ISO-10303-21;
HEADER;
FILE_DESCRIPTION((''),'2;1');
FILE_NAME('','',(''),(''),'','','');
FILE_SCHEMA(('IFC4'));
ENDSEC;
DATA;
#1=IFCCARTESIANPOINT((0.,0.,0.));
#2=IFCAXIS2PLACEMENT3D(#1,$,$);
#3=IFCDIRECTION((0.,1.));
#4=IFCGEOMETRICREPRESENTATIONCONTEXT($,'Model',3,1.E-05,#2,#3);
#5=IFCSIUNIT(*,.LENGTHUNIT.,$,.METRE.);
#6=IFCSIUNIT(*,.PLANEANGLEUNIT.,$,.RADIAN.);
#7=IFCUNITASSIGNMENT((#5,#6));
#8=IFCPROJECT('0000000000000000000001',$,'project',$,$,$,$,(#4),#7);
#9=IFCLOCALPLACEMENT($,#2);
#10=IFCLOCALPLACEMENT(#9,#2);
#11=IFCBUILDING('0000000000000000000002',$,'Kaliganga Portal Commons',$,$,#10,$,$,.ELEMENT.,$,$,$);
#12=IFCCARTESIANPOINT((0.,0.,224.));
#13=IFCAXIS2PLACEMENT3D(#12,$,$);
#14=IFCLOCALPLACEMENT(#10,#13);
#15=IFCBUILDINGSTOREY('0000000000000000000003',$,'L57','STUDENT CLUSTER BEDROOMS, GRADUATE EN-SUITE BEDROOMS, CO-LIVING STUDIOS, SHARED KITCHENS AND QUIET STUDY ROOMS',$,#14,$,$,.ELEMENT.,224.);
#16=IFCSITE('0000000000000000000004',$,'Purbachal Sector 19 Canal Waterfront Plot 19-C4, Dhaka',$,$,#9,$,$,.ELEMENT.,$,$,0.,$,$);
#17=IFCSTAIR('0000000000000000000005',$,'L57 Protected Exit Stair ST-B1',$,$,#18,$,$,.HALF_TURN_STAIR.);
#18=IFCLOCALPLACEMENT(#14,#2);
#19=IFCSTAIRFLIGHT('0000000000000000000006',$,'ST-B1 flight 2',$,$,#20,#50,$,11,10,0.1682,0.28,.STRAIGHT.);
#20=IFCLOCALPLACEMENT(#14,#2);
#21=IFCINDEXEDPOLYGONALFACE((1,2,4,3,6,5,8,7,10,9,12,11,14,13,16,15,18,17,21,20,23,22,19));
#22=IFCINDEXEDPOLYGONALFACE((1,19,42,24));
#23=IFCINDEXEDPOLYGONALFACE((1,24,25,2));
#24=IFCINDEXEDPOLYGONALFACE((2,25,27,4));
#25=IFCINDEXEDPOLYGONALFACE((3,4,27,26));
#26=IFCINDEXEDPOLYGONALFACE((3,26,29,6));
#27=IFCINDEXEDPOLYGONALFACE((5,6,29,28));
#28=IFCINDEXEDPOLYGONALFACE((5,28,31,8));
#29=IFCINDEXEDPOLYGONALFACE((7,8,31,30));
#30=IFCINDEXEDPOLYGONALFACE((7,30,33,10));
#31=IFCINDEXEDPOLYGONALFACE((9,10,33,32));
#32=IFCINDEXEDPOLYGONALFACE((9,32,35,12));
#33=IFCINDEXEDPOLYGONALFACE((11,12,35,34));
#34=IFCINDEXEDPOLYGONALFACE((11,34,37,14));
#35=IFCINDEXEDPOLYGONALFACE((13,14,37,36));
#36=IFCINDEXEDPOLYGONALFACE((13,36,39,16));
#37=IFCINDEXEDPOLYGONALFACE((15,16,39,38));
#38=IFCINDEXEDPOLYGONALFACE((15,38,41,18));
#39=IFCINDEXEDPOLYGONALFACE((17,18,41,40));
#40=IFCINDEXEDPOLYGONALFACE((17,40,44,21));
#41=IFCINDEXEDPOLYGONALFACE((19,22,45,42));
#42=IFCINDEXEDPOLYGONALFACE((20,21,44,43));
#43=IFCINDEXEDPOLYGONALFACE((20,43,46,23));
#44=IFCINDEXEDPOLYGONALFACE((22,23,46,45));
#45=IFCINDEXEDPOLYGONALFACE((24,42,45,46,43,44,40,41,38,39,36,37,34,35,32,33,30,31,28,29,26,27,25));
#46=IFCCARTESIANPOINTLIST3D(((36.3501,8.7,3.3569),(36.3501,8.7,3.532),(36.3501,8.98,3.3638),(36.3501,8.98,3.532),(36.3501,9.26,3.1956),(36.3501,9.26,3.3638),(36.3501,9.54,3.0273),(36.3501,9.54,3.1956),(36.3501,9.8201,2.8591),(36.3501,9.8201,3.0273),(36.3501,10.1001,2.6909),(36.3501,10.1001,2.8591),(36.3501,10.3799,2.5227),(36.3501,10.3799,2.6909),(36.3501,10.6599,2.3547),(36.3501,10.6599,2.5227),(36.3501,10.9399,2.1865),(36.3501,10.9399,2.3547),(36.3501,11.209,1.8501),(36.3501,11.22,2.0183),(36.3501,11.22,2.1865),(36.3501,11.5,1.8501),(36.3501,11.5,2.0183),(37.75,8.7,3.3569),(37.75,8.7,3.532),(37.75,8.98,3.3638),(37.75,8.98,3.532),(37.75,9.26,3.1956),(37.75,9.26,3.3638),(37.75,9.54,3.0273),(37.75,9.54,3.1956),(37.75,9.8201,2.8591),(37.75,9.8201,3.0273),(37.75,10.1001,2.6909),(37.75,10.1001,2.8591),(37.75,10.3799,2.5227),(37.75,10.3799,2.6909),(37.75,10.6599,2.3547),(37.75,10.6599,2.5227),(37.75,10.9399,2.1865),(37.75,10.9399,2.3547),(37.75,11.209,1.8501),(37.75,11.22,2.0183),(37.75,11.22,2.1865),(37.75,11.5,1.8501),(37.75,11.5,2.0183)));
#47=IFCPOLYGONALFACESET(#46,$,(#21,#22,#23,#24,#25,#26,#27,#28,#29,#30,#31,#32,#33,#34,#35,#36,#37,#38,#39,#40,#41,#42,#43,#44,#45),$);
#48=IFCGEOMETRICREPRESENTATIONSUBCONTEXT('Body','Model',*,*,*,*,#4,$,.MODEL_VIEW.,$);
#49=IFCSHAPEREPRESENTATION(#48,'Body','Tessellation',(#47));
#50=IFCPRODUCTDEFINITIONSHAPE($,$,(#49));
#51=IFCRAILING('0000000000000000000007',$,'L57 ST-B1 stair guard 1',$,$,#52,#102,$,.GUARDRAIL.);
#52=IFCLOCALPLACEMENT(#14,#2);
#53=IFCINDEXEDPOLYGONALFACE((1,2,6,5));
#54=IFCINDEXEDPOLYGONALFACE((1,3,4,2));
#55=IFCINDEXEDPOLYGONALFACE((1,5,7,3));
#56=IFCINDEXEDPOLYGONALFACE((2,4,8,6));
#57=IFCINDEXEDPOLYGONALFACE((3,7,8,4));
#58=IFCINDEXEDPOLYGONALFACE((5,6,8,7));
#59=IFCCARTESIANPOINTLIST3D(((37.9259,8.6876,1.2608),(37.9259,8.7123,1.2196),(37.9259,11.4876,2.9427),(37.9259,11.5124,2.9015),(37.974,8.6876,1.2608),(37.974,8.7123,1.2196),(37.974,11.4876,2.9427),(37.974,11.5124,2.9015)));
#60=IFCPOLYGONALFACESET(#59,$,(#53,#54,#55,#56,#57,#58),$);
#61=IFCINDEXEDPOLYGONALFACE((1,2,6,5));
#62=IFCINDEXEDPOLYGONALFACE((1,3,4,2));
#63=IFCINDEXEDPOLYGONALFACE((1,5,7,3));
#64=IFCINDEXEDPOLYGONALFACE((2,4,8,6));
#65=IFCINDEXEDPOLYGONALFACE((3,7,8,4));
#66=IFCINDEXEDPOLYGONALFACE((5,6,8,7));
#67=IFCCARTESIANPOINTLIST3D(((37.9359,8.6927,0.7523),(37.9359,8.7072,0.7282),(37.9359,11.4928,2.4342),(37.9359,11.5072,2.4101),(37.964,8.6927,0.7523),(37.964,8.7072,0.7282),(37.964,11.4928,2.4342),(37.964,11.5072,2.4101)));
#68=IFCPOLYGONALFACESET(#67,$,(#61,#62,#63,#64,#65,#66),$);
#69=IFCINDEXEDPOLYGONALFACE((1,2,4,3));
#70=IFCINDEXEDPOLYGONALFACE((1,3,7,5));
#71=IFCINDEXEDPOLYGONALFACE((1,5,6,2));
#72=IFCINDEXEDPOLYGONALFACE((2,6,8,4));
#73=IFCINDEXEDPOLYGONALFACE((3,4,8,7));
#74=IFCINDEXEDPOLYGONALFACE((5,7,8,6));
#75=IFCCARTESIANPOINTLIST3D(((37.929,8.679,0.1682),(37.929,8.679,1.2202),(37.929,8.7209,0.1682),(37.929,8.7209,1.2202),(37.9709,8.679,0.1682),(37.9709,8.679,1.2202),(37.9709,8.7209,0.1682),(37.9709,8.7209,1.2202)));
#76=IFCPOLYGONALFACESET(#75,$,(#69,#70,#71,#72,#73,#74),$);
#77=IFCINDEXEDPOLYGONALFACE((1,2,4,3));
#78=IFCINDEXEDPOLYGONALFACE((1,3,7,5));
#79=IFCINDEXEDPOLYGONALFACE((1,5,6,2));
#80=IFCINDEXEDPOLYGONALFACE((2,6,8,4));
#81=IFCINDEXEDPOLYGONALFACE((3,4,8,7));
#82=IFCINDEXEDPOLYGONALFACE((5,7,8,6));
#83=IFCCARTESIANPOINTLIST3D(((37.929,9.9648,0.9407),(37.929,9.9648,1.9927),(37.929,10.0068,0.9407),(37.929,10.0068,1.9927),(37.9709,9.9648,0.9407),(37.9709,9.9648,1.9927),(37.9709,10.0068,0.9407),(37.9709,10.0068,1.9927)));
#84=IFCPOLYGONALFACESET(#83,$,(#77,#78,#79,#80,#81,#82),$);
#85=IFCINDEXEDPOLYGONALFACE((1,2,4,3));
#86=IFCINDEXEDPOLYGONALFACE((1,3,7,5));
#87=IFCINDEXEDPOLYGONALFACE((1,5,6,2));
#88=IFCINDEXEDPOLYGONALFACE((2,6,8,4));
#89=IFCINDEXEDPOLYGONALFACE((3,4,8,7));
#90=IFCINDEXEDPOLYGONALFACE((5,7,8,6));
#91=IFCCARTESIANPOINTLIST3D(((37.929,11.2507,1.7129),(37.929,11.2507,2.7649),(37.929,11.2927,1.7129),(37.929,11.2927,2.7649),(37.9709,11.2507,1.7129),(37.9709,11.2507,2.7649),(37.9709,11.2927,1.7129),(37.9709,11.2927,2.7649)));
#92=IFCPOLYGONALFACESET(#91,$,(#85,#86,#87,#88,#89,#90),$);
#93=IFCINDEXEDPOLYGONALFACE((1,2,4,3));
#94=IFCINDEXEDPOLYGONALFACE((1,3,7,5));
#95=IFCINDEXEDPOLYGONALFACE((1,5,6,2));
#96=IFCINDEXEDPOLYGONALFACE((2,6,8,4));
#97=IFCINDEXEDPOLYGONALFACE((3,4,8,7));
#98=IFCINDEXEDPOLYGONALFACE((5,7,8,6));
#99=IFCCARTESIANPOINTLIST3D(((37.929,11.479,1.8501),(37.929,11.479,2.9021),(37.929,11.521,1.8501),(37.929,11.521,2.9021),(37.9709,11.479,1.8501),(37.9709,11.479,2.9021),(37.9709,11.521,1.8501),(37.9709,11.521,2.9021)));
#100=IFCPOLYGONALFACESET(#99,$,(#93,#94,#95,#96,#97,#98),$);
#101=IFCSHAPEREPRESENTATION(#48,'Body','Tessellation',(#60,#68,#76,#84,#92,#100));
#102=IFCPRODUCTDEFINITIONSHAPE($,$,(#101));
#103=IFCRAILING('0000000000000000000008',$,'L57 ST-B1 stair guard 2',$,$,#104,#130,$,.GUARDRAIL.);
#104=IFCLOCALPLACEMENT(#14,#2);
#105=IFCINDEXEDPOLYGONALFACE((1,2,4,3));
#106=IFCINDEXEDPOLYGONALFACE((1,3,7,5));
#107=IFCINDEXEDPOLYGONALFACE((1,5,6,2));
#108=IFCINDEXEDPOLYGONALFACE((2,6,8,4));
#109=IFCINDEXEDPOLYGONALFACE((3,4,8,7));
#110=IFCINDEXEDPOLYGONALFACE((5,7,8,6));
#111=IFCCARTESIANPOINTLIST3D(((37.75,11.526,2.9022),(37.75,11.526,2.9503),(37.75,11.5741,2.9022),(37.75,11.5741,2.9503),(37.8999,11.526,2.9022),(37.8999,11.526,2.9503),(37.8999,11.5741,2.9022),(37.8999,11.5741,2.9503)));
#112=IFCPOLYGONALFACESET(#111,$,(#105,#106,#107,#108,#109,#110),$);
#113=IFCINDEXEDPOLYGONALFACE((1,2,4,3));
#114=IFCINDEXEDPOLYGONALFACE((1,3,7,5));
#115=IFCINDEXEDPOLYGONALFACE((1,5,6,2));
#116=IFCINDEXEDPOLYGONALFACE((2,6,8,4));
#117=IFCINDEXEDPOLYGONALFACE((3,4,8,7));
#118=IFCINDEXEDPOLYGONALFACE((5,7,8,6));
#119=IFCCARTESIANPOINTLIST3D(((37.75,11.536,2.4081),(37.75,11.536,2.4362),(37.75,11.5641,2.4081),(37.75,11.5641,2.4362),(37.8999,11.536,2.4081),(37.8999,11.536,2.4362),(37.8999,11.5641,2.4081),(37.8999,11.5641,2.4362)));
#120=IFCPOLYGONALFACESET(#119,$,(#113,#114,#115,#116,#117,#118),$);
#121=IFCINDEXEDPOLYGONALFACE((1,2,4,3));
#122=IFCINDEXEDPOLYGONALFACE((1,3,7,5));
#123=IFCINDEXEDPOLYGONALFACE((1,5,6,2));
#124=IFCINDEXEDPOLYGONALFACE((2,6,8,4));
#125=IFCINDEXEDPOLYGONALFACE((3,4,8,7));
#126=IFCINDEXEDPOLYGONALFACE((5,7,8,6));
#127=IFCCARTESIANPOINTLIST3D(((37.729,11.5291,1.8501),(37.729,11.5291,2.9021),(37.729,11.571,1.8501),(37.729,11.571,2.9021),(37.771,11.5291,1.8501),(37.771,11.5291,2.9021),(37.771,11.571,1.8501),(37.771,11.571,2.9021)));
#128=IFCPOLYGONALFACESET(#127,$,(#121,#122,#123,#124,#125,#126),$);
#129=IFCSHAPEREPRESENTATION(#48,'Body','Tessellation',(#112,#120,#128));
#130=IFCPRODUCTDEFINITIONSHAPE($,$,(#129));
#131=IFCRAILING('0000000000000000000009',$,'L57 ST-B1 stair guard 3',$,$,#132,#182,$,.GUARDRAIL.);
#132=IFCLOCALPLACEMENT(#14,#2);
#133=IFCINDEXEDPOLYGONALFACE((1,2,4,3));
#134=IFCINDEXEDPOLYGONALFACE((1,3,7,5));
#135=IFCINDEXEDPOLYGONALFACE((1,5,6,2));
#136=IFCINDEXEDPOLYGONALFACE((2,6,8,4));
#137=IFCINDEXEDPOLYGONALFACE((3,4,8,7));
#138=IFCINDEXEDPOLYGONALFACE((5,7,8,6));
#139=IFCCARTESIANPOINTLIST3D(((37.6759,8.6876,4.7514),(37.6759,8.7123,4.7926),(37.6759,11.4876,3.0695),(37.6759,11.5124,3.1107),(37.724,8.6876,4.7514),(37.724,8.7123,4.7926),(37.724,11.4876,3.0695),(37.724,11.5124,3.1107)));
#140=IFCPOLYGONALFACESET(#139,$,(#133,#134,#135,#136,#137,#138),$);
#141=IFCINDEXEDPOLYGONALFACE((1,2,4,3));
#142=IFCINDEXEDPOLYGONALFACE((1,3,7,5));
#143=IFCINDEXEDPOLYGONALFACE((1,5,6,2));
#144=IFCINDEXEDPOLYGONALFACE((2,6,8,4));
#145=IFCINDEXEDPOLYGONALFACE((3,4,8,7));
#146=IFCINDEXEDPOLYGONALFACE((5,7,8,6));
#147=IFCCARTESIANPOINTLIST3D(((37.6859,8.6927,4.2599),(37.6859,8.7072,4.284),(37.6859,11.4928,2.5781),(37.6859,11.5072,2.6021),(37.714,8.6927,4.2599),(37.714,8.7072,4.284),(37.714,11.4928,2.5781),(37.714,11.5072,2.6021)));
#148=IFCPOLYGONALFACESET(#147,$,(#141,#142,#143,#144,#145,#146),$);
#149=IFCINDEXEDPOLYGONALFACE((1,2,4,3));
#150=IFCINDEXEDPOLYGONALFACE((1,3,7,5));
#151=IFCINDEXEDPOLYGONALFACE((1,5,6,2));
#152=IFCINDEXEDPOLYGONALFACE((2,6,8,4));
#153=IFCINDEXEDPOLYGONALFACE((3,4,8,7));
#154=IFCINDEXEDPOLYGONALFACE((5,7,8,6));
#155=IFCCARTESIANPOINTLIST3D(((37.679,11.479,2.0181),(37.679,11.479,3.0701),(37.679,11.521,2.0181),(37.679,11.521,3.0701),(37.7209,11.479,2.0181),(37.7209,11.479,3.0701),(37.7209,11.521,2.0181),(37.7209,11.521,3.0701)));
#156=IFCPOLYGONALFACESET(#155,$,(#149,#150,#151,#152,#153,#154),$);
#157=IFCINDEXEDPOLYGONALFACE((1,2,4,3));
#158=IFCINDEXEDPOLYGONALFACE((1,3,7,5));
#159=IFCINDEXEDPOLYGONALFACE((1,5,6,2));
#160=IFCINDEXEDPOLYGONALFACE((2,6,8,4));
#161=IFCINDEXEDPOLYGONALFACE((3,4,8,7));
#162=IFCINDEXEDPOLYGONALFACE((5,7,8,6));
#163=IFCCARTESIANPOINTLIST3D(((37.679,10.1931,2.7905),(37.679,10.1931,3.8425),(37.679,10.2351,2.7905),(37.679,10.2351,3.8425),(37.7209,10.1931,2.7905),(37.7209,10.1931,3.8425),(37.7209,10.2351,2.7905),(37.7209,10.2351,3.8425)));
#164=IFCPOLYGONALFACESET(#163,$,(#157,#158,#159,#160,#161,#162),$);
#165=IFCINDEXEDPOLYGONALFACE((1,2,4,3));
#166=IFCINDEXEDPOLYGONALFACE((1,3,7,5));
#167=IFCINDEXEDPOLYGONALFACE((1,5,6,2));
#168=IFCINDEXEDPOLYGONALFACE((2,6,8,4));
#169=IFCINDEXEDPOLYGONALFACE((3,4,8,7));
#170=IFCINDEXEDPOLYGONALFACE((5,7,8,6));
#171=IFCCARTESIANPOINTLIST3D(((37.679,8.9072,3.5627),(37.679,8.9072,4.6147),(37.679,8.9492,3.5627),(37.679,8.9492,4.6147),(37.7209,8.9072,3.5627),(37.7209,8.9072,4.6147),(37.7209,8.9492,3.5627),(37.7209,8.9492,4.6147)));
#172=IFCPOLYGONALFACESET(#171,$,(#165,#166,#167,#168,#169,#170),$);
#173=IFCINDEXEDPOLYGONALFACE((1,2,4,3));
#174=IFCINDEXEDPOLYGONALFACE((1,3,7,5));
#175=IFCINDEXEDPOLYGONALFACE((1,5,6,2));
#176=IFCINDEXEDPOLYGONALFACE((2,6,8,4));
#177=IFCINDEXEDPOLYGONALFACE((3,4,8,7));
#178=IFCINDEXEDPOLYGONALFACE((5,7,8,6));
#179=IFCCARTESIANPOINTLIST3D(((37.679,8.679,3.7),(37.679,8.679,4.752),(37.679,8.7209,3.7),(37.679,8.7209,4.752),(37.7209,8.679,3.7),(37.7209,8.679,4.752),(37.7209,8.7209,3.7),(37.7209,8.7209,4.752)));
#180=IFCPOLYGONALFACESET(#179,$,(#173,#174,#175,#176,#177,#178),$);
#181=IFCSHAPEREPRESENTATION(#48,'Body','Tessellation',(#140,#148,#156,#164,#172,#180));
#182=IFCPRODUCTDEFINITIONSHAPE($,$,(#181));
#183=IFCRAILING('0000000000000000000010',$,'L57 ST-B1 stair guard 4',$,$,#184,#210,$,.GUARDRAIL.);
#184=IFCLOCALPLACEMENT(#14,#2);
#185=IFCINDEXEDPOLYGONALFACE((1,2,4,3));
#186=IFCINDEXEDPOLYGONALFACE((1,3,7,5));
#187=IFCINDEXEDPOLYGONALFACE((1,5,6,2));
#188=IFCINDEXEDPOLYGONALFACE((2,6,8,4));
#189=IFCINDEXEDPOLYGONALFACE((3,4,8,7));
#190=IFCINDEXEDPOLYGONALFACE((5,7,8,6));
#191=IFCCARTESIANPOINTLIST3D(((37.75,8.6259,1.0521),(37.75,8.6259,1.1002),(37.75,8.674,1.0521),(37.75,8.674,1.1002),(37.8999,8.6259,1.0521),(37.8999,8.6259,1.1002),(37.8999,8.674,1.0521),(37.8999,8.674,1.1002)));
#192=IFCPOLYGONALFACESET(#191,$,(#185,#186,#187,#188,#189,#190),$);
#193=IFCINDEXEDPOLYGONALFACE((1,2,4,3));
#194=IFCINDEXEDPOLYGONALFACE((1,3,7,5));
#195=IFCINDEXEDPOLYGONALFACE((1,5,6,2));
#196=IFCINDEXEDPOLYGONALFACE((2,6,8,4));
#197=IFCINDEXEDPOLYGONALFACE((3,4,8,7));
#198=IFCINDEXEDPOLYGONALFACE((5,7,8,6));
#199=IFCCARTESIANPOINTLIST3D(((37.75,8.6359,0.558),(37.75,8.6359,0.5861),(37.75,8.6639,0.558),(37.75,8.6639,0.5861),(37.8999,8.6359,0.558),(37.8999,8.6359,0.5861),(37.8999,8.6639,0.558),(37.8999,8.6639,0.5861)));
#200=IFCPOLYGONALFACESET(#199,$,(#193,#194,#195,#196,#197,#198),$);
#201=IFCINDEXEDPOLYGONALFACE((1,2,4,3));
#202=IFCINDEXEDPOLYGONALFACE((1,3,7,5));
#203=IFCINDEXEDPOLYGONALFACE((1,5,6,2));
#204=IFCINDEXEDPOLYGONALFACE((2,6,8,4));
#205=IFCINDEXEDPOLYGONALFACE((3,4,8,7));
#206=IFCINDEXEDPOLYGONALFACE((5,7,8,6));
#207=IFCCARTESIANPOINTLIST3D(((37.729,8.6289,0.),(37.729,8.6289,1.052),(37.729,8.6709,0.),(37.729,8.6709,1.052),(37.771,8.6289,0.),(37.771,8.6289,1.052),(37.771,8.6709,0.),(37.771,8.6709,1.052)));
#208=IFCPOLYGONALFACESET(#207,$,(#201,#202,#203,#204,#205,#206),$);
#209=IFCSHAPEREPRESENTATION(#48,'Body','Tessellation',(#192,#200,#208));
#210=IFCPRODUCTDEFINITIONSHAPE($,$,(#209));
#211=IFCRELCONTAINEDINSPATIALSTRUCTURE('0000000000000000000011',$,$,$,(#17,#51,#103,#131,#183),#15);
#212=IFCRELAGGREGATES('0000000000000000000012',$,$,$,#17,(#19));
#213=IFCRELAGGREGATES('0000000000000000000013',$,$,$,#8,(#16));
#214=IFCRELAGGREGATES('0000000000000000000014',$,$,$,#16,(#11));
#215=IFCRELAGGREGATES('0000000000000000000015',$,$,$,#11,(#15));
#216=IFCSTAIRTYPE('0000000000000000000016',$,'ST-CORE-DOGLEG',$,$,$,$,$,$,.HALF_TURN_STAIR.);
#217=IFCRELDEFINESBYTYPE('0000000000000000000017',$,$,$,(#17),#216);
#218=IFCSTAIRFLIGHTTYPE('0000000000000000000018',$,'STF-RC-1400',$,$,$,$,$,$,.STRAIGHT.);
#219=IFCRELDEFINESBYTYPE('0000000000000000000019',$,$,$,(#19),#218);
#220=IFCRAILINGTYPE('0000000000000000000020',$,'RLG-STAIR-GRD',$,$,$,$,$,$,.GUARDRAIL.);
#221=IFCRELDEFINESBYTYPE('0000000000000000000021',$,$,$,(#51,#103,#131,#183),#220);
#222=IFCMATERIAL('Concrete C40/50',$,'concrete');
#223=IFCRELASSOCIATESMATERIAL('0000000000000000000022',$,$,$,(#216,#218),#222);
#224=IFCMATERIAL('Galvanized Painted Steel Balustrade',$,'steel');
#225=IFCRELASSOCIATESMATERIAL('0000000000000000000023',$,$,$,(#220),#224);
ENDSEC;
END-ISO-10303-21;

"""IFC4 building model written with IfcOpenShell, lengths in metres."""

from ifc_helpers import new_model, si_unit, direction, frame, origin, origin_2d, place, context, subcontext, project, spatial, polyline, rectangle, outline, extrude, material, type_object, element, aggregate, save


model = new_model("IFC4")

# Units and contexts
model_context = context("Model", 3, precision=1e-05, world=origin(), true_north=direction((0.0, 1.0)))
body_context = subcontext(model_context, "Body", "Model", "MODEL_VIEW")
ifc_project = project(units=[si_unit("LENGTHUNIT", "METRE"), si_unit("PLANEANGLEUNIT", "RADIAN")], contexts=[model_context])

# Site, building, storey
site_placement = place(None, origin())
site = spatial("IfcSite", under=ifc_project, at=site_placement, Name="Purbachal Sector 19 Canal Waterfront Plot 19-C4, Dhaka", CompositionType="ELEMENT", RefElevation=0.0)
building_placement = place(site_placement, origin())
building = spatial("IfcBuilding", under=site, at=building_placement, Name="Kaliganga Portal Commons", CompositionType="ELEMENT")
storey_placement = place(building_placement, frame((0.0, 0.0, 224.0)))
storey = spatial("IfcBuildingStorey", under=building, at=storey_placement, Name="L57", Description="STUDENT CLUSTER BEDROOMS, GRADUATE EN-SUITE BEDROOMS, CO-LIVING STUDIOS, SHARED KITCHENS AND QUIET STUDY ROOMS", CompositionType="ELEMENT", Elevation=224.0)

# Stair, stair flight
ifc_material_1 = material(Name="Concrete C40/50", Category="concrete")
stair_type = type_object("IfcStairType", Name="ST-CORE-DOGLEG", PredefinedType="HALF_TURN_STAIR", material=ifc_material_1)
stair_placement = place(storey_placement, origin())
stair = element("IfcStair", 1, at=stair_placement, inside=storey, type_object=stair_type, Name="L57 Protected Exit Stair ST-B1", PredefinedType="HALF_TURN_STAIR")
stair_flight_type = type_object("IfcStairFlightType", Name="STF-RC-1400", PredefinedType="STRAIGHT", material=ifc_material_1)
stair_flight_1_placement = place(storey_placement, frame((37.05, 11.5, 1.8501), z_axis=(0.0, 0.0, 1.0), x_axis=(0.0, -1.0, 0.0)))
stair_flight_1 = element("IfcStairFlight", 2, at=stair_flight_1_placement, type_object=stair_flight_type, Name="ST-B1 flight 2", NumberOfRisers=11, NumberOfTreads=10, PredefinedType="STRAIGHT", RiserHeight=0.1682, TreadLength=0.28, context=body_context, shape_type="SweptSolid", body=[
    extrude(outline(polyline([(0.0, 0.0), (0.0, 0.1682), (0.28, 0.1682), (0.28, 0.3364), (0.5601, 0.3364), (0.5601, 0.5046), (0.8401, 0.5046), (0.8401, 0.6726), (1.1201, 0.6726), (1.1201, 0.8408), (1.3999, 0.8408), (1.3999, 1.009), (1.6799, 1.009), (1.6799, 1.1772), (1.96, 1.1772), (1.96, 1.3455), (2.24, 1.3455), (2.24, 1.5137), (2.52, 1.5137), (2.52, 1.6819), (2.8, 1.6819), (2.8, 1.8501), (2.8, 1.5068), (0.291, 0.0), (0.0, 0.0)])), frame((0.0, 0.7, 0.0), z_axis=(0.0, -1.0, 0.0), x_axis=(1.0, 0.0, 0.0)), (0.0, 0.0, 1.0), 1.3999),
])
aggregate(stair, [stair_flight_1])

# Railings
ifc_material_2 = material(Name="Galvanized Painted Steel Balustrade", Category="steel")
railing_type_1 = type_object("IfcRailingType", Name="RLG-STAIR-GRD", PredefinedType="GUARDRAIL", material=ifc_material_2)
railing_1_placement = place(storey_placement, frame((37.95, 8.7, 0.1682)))
element("IfcRailing", 3, at=railing_1_placement, inside=storey, type_object=railing_type_1, Name="L57 ST-B1 stair guard 1", PredefinedType="GUARDRAIL", context=body_context, shape_type="SweptSolid", body=[
    extrude(rectangle(XDim=0.0481, YDim=0.0481, at=origin_2d()), frame((0.0, 0.0, 1.072), z_axis=(0.0, 0.857242, 0.514913), x_axis=(-1.0, 0.0, 0.0)), (0.0, 0.0, 1.0), 3.2664),
    extrude(rectangle(XDim=0.0281, YDim=0.0281, at=origin_2d()), frame((0.0, 0.0, 0.572), z_axis=(0.0, 0.857242, 0.514913), x_axis=(-1.0, 0.0, 0.0)), (0.0, 0.0, 1.0), 3.2664),
    extrude(rectangle(XDim=0.042, YDim=0.042, at=origin_2d()), origin(), (0.0, 0.0, 1.0), 1.052),
    extrude(rectangle(XDim=0.042, YDim=0.042, at=origin_2d()), frame((0.0, 1.2859, 0.7725)), (0.0, 0.0, 1.0), 1.052),
    extrude(rectangle(XDim=0.042, YDim=0.042, at=origin_2d()), frame((0.0, 2.5718, 1.5447)), (0.0, 0.0, 1.0), 1.052),
    extrude(rectangle(XDim=0.042, YDim=0.042, at=origin_2d()), frame((0.0, 2.8, 1.6819)), (0.0, 0.0, 1.0), 1.052),
])
railing_2_placement = place(storey_placement, frame((37.8999, 11.55, 1.8501)))
element("IfcRailing", 4, at=railing_2_placement, inside=storey, type_object=railing_type_1, Name="L57 ST-B1 stair guard 2", PredefinedType="GUARDRAIL", context=body_context, shape_type="SweptSolid", body=[
    extrude(rectangle(XDim=0.0481, YDim=0.0481, at=origin_2d()), frame((0.0, 0.0, 1.0762), z_axis=(-1.0, 0.0, 0.0), x_axis=(0.0, -1.0, 0.0)), (0.0, 0.0, 1.0), 0.1499),
    extrude(rectangle(XDim=0.0281, YDim=0.0281, at=origin_2d()), frame((0.0, 0.0, 0.572), z_axis=(-1.0, 0.0, 0.0), x_axis=(0.0, -1.0, 0.0)), (0.0, 0.0, 1.0), 0.1499),
    extrude(rectangle(XDim=0.042, YDim=0.042, at=origin_2d()), frame((-0.1499, 0.0, 0.0)), (0.0, 0.0, 1.0), 1.052),
])
railing_3_placement = place(storey_placement, frame((37.7, 11.5, 2.0181)))
element("IfcRailing", 5, at=railing_3_placement, inside=storey, type_object=railing_type_1, Name="L57 ST-B1 stair guard 3", PredefinedType="GUARDRAIL", context=body_context, shape_type="SweptSolid", body=[
    extrude(rectangle(XDim=0.0481, YDim=0.0481, at=origin_2d()), frame((0.0, 0.0, 1.072), z_axis=(0.0, -0.857242, 0.514913), x_axis=(1.0, 0.0, 0.0)), (0.0, 0.0, 1.0), 3.2664),
    extrude(rectangle(XDim=0.0281, YDim=0.0281, at=origin_2d()), frame((0.0, 0.0, 0.572), z_axis=(0.0, -0.857242, 0.514913), x_axis=(1.0, 0.0, 0.0)), (0.0, 0.0, 1.0), 3.2664),
    extrude(rectangle(XDim=0.042, YDim=0.042, at=origin_2d()), origin(), (0.0, 0.0, 1.0), 1.052),
    extrude(rectangle(XDim=0.042, YDim=0.042, at=origin_2d()), frame((0.0, -1.2859, 0.7725)), (0.0, 0.0, 1.0), 1.052),
    extrude(rectangle(XDim=0.042, YDim=0.042, at=origin_2d()), frame((0.0, -2.5718, 1.5447)), (0.0, 0.0, 1.0), 1.052),
    extrude(rectangle(XDim=0.042, YDim=0.042, at=origin_2d()), frame((0.0, -2.8, 1.6819)), (0.0, 0.0, 1.0), 1.052),
])
railing_4_placement = place(storey_placement, frame((37.8999, 8.6499, 0.0)))
element("IfcRailing", 6, at=railing_4_placement, inside=storey, type_object=railing_type_1, Name="L57 ST-B1 stair guard 4", PredefinedType="GUARDRAIL", context=body_context, shape_type="SweptSolid", body=[
    extrude(rectangle(XDim=0.0481, YDim=0.0481, at=origin_2d()), frame((0.0, 0.0, 1.0762), z_axis=(-1.0, 0.0, 0.0), x_axis=(0.0, -1.0, 0.0)), (0.0, 0.0, 1.0), 0.1499),
    extrude(rectangle(XDim=0.0281, YDim=0.0281, at=origin_2d()), frame((0.0, 0.0, 0.572), z_axis=(-1.0, 0.0, 0.0), x_axis=(0.0, -1.0, 0.0)), (0.0, 0.0, 1.0), 0.1499),
    extrude(rectangle(XDim=0.042, YDim=0.042, at=origin_2d()), frame((-0.1499, 0.0, 0.0)), (0.0, 0.0, 1.0), 1.052),
])

save(model, "model.ifc")
